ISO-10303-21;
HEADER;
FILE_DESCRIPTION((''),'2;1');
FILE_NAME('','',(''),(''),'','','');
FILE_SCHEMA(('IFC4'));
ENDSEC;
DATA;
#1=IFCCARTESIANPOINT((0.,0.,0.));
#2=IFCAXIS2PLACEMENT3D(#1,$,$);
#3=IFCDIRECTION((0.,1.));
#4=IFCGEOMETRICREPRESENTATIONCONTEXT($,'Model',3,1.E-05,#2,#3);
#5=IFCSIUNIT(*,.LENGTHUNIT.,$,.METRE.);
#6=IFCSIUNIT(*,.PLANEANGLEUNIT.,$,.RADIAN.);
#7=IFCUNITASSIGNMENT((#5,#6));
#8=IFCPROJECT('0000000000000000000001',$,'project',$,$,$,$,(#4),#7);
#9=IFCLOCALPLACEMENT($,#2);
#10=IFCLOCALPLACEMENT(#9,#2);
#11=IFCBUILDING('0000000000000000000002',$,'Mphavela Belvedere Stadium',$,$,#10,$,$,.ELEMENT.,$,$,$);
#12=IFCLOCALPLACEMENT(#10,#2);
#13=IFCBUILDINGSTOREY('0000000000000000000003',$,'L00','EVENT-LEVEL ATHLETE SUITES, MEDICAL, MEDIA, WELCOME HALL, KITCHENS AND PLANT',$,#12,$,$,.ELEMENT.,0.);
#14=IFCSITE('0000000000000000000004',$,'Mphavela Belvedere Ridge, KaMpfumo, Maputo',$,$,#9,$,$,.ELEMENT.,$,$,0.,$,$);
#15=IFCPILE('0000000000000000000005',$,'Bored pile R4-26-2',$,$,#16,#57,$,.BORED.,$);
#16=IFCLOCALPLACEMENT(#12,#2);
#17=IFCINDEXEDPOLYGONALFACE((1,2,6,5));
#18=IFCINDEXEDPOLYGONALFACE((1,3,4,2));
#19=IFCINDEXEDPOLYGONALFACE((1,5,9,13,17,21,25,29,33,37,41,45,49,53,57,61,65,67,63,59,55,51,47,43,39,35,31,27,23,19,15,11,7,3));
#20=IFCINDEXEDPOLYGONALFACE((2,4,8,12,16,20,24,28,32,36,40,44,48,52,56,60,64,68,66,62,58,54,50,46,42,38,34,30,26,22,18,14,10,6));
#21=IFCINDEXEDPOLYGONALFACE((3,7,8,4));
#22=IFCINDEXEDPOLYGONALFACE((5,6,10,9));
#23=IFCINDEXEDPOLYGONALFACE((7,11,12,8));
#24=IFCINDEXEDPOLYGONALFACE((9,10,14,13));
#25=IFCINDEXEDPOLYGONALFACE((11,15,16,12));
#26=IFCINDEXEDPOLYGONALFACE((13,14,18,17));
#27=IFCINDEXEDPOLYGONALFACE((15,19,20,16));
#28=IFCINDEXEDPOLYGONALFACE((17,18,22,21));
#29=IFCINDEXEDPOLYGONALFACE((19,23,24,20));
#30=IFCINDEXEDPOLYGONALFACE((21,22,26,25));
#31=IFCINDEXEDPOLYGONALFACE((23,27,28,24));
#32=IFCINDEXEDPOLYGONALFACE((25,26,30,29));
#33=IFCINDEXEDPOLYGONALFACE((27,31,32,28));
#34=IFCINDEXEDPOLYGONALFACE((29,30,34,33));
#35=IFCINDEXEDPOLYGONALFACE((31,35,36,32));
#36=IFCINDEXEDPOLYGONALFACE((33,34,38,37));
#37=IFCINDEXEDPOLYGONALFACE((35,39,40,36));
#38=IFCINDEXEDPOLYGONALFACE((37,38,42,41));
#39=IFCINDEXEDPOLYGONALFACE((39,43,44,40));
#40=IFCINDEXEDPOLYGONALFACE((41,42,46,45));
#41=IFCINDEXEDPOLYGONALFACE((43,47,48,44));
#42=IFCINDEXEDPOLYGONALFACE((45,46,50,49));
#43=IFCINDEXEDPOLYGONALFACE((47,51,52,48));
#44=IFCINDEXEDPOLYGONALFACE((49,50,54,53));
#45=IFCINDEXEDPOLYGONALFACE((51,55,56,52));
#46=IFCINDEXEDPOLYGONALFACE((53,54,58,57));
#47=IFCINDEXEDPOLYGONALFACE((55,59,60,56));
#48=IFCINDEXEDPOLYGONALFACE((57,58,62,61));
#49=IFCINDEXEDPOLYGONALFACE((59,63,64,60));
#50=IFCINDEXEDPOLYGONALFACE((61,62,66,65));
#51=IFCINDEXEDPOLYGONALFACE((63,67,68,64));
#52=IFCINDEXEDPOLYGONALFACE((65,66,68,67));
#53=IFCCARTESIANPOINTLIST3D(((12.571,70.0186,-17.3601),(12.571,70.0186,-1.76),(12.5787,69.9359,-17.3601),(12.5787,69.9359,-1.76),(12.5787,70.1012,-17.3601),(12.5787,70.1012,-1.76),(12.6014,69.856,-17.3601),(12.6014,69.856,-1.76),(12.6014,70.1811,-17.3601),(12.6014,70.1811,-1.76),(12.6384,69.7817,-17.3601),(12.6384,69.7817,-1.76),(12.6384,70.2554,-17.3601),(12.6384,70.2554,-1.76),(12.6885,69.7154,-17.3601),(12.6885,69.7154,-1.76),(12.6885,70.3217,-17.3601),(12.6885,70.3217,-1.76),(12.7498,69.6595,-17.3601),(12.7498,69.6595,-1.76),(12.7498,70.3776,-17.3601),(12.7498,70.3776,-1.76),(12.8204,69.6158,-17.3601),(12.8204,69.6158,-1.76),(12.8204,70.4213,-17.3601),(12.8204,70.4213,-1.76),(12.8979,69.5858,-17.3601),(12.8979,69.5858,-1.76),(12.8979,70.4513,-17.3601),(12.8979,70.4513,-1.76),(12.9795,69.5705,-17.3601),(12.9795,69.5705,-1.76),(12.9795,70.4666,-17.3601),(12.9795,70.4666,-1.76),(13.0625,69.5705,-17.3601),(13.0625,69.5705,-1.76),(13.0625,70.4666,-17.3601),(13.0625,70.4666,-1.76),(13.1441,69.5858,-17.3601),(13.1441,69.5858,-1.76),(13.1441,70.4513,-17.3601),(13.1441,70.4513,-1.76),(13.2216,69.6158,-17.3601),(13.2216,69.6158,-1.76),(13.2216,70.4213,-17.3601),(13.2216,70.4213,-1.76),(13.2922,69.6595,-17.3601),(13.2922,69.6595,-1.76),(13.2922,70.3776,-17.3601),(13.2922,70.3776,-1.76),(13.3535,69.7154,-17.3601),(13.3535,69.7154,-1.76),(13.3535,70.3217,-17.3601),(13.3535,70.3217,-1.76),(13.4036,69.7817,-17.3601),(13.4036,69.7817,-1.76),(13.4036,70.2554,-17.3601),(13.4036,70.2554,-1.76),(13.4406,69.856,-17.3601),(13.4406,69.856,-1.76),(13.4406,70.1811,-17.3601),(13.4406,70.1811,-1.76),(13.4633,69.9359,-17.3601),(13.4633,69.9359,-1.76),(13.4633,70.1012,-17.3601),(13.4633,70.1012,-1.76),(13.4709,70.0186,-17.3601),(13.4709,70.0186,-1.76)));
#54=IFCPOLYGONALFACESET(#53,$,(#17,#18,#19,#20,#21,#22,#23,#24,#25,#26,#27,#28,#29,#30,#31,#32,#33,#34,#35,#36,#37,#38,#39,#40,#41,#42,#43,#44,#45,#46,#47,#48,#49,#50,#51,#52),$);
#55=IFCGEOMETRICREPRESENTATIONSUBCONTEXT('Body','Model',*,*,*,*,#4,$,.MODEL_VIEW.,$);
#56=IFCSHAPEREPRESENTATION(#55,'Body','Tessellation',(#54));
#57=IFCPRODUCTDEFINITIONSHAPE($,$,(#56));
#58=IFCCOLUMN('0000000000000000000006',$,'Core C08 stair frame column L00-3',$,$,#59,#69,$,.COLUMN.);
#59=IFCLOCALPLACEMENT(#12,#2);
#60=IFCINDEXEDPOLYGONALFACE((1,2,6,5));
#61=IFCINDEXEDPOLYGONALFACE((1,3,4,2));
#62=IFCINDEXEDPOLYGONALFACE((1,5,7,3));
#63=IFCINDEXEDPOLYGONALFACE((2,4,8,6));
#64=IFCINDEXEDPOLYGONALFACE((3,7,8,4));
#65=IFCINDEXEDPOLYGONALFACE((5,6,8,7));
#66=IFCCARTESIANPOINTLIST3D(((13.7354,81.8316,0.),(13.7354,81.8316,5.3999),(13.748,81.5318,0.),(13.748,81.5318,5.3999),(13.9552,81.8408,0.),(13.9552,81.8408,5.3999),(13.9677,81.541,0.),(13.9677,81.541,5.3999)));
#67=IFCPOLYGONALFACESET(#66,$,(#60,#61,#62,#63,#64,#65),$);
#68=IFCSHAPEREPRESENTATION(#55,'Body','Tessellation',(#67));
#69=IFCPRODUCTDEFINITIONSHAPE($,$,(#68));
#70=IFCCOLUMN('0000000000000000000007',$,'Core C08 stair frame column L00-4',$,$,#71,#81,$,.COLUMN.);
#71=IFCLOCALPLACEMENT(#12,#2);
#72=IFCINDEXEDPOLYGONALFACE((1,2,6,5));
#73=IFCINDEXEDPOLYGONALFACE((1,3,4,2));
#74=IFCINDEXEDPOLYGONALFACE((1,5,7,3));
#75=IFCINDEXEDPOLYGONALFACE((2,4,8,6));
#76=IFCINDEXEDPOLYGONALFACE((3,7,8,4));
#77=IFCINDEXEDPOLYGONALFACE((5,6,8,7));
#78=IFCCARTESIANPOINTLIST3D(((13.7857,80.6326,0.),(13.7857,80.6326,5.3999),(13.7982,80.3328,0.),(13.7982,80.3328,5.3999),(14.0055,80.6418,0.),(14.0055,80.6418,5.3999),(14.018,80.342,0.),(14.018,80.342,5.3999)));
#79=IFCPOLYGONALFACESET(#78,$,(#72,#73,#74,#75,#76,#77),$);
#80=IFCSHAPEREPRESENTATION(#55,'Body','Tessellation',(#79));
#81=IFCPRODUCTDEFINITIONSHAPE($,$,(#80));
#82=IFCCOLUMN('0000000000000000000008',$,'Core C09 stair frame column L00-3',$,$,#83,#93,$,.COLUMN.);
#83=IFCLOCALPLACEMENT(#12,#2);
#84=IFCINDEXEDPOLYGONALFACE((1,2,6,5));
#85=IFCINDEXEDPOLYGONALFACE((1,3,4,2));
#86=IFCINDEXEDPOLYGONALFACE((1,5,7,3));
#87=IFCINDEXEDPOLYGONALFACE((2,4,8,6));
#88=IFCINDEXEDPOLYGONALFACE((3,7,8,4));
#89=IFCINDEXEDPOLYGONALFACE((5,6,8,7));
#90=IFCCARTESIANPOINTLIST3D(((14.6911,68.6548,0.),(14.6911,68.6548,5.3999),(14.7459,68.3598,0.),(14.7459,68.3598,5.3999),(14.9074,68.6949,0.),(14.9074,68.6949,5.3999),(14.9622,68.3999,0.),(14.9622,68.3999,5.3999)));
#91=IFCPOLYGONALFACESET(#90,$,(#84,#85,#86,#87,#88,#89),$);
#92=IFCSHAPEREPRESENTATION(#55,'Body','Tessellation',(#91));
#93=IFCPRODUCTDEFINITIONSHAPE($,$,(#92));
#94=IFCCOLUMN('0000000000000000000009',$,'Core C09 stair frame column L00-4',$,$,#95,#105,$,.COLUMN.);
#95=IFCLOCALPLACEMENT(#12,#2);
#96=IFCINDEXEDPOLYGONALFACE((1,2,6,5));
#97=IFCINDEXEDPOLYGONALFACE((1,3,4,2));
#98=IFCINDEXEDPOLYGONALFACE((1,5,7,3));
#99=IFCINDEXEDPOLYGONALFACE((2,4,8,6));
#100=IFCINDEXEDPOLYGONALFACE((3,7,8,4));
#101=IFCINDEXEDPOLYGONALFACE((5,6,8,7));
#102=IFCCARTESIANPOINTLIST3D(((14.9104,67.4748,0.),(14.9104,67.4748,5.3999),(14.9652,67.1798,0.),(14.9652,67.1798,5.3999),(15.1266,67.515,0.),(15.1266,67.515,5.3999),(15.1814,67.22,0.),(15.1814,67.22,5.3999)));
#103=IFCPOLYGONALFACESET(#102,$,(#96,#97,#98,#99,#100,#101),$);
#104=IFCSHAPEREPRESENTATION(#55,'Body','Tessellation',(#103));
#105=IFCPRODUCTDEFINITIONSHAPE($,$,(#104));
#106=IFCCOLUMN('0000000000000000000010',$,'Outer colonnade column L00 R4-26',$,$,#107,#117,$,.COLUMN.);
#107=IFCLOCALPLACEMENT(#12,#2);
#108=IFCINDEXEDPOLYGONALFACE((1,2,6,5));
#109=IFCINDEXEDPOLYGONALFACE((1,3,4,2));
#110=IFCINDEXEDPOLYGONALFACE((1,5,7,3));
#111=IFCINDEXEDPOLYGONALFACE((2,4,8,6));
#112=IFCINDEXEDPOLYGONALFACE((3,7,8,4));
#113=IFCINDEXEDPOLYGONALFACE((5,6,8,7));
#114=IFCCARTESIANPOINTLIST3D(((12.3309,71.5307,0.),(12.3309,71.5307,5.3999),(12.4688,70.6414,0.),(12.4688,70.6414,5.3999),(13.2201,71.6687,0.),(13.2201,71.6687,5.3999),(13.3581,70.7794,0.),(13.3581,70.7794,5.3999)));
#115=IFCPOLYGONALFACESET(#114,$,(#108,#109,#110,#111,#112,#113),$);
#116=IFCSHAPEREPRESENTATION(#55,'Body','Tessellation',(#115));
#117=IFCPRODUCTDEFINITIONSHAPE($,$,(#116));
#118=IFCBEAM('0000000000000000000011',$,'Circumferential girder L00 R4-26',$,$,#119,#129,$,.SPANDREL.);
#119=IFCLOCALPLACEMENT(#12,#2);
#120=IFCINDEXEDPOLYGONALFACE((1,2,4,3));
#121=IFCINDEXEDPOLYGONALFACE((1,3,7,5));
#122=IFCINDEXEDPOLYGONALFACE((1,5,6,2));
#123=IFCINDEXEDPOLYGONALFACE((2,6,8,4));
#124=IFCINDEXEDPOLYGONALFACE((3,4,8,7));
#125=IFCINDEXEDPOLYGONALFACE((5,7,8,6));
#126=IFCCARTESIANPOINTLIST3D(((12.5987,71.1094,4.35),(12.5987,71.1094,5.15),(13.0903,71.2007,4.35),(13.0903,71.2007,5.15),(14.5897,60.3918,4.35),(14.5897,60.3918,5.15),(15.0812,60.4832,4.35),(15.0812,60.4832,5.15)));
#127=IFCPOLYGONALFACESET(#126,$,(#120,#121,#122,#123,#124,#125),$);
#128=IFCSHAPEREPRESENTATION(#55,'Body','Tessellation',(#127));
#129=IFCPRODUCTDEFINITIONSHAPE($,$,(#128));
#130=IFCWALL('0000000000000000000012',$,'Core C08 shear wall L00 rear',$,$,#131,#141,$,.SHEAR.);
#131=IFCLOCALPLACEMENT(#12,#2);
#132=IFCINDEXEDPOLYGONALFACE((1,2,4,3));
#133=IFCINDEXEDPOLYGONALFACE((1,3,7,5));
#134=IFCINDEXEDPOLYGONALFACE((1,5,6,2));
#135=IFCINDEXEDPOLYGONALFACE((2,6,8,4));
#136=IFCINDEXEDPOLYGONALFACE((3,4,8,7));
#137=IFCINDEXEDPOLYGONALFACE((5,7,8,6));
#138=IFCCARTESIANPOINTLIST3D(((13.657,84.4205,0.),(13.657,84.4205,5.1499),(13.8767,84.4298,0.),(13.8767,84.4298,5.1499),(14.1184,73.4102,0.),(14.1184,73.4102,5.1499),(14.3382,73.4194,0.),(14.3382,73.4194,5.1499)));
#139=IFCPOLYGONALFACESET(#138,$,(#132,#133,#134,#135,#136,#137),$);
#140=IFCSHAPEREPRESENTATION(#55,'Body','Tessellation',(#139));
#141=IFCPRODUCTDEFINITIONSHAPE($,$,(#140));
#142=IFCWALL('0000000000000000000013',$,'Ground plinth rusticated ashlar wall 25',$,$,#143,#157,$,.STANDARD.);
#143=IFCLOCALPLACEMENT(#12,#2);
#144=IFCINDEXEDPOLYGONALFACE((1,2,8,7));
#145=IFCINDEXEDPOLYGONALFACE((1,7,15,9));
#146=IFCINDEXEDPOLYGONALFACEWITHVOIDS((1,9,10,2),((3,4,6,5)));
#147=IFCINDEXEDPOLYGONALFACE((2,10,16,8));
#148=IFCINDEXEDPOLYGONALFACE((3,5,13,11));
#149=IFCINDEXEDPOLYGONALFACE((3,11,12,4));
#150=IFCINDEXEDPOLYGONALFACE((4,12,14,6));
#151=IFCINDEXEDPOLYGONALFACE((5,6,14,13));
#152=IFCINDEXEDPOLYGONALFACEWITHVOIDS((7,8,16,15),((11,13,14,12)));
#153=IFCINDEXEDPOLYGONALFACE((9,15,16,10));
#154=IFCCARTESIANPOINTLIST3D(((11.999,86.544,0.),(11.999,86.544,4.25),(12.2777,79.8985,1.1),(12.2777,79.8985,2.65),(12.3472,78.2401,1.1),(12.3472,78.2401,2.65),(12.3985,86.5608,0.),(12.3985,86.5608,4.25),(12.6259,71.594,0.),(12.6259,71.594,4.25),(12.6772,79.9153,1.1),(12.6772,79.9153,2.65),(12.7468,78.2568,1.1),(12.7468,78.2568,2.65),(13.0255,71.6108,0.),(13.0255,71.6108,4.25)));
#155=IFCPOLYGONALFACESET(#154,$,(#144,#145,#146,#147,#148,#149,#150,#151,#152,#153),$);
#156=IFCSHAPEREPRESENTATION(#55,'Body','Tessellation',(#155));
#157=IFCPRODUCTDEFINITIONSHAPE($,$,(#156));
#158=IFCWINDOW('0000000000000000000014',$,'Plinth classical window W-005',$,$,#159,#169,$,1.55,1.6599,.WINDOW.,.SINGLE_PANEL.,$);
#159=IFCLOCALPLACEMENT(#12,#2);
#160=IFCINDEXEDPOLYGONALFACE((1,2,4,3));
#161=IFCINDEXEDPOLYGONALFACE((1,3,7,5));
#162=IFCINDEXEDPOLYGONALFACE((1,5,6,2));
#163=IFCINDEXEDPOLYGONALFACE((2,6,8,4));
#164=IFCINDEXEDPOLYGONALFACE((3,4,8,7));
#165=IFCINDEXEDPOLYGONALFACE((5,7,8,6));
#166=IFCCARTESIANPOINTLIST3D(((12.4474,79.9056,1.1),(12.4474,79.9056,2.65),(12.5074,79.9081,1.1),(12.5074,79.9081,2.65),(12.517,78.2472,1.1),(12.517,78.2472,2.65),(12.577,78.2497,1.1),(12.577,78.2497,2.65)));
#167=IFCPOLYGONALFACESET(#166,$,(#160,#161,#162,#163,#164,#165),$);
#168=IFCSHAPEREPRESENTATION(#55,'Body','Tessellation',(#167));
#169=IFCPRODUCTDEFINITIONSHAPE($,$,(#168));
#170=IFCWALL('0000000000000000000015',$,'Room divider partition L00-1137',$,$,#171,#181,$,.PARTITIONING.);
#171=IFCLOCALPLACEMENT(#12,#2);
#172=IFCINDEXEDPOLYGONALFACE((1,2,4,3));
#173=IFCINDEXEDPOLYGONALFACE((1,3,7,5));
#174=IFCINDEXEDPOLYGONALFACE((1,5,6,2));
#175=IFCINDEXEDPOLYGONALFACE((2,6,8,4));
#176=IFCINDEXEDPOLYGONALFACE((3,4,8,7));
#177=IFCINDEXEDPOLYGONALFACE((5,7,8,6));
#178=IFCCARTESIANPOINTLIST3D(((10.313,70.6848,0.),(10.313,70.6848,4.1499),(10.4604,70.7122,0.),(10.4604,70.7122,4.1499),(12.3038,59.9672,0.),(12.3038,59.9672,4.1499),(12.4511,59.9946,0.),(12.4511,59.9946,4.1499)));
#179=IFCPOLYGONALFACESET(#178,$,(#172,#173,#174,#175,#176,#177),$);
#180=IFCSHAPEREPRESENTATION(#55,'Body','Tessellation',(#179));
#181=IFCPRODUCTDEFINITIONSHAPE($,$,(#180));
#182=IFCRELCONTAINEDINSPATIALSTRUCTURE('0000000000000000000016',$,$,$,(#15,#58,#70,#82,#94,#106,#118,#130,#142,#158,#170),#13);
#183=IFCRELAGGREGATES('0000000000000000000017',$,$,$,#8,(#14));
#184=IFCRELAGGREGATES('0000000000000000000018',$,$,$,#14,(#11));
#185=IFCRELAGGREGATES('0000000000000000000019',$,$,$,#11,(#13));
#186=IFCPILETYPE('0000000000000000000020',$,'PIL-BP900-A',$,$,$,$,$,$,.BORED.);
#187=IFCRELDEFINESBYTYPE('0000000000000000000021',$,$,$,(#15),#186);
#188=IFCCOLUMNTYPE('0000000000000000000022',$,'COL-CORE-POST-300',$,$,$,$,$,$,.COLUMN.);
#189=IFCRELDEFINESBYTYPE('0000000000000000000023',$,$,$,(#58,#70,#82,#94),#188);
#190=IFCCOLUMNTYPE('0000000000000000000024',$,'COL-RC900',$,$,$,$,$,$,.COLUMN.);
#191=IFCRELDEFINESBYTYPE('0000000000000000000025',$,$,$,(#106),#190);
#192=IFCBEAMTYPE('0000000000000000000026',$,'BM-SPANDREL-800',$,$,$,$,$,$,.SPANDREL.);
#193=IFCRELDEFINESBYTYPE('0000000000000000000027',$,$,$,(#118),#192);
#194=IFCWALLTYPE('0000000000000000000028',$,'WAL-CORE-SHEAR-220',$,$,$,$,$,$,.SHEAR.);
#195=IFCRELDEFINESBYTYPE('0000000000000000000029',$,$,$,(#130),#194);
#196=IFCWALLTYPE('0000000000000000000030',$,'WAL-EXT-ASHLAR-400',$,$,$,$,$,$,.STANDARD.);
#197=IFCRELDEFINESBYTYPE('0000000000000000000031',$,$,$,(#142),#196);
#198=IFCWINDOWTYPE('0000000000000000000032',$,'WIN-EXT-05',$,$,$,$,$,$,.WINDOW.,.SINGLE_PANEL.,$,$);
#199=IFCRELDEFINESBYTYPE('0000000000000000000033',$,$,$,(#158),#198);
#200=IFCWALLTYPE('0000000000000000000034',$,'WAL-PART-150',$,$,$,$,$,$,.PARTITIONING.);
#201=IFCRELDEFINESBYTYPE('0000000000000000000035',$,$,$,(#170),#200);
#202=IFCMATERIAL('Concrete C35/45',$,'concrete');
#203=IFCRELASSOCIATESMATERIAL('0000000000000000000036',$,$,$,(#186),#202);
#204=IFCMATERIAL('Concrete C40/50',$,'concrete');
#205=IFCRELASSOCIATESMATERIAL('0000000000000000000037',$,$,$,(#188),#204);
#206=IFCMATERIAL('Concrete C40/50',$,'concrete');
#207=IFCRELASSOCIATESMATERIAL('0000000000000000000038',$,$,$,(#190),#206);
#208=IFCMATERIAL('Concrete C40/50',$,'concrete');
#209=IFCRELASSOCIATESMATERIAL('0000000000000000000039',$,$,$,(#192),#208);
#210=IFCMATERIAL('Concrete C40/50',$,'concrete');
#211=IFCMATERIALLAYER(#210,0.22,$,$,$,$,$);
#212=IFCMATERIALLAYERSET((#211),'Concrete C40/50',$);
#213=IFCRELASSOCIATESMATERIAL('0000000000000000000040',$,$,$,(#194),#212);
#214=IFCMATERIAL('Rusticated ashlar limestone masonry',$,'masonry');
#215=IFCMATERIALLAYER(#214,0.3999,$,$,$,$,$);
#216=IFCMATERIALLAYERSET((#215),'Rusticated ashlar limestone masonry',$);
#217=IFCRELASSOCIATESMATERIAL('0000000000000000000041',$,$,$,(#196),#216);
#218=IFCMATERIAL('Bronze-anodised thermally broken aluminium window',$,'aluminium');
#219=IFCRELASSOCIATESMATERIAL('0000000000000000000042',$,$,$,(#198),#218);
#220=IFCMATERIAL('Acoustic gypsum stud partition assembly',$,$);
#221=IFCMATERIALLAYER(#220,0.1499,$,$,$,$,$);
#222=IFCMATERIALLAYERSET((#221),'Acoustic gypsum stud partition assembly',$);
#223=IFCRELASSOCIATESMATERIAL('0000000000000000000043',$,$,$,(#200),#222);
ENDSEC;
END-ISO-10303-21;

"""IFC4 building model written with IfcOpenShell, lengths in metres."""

from ifc_helpers import new_model, si_unit, direction, frame, frame_2d, origin, origin_2d, place, context, subcontext, project, spatial, rectangle, circle, extrude, material, layer, layer_set, material_profile, profile_set, type_object, element, fill, save


model = new_model("IFC4")

# Units and contexts
model_context = context("Model", 3, precision=1e-05, world=origin(), true_north=direction((0.0, 1.0)))
body_context = subcontext(model_context, "Body", "Model", "MODEL_VIEW")
ifc_project = project(units=[si_unit("LENGTHUNIT", "METRE"), si_unit("PLANEANGLEUNIT", "RADIAN")], contexts=[model_context])

# Site, building, storey
site_placement = place(None, origin())
site = spatial("IfcSite", under=ifc_project, at=site_placement, Name="Mphavela Belvedere Ridge, KaMpfumo, Maputo", CompositionType="ELEMENT", RefElevation=0.0)
building_placement = place(site_placement, origin())
building = spatial("IfcBuilding", under=site, at=building_placement, Name="Mphavela Belvedere Stadium", CompositionType="ELEMENT")
storey_placement = place(building_placement, origin())
storey = spatial("IfcBuildingStorey", under=building, at=storey_placement, Name="L00", Description="EVENT-LEVEL ATHLETE SUITES, MEDICAL, MEDIA, WELCOME HALL, KITCHENS AND PLANT", CompositionType="ELEMENT", Elevation=0.0)

# Pile
ifc_material_1 = material(Name="Concrete C35/45", Category="concrete")
ifc_material_profile_1 = material_profile(ifc_material_1, circle(Radius=0.45, at=origin_2d()), Name="BP D900")
ifc_profile_set_1 = profile_set([ifc_material_profile_1], Name="Concrete C35/45")
pile_type = type_object("IfcPileType", Name="PIL-BP900-A", PredefinedType="BORED", material=ifc_profile_set_1)
for number, where, z_axis, x_axis, name in (
    (1, (13.021, 70.0186, -1.76), (0.0, 0.0, -1.0), (1.0, 0.0, 0.0), "Bored pile R4-26-2"),
):
    element("IfcPile", number, at=place(storey_placement, frame(where, z_axis=z_axis, x_axis=x_axis)), inside=storey, type_object=pile_type, Name=name, PredefinedType="BORED", context=body_context, shape_type="SweptSolid", body=[
        extrude(circle(Radius=0.45, at=origin_2d()), origin(), (0.0, 0.0, 1.0), 15.6001),
    ])

# Columns
ifc_material_2 = material(Name="Concrete C40/50", Category="concrete")
ifc_material_profile_2 = material_profile(ifc_material_2, rectangle(XDim=0.3, YDim=0.22, at=origin_2d()), Name="RC 300x220")
ifc_profile_set_2 = profile_set([ifc_material_profile_2], Name="Concrete C40/50")
column_type_1 = type_object("IfcColumnType", Name="COL-CORE-POST-300", PredefinedType="COLUMN", material=ifc_profile_set_2)
for number, where, z_axis, x_axis, name in (
    (2, (13.8516, 81.6863, 0.0), (0.0, 0.0, 1.0), (-0.041876, 0.999123, 0.0), "Core C08 stair frame column L00-3"),
    (3, (13.9019, 80.4873, 0.0), (0.0, 0.0, 1.0), (-0.041876, 0.999123, 0.0), "Core C08 stair frame column L00-4"),
    (4, (14.8267, 68.5273, 0.0), (0.0, 0.0, 1.0), (-0.182579, 0.983191, 0.0), "Core C09 stair frame column L00-3"),
    (5, (15.0459, 67.3474, 0.0), (0.0, 0.0, 1.0), (-0.182579, 0.983191, 0.0), "Core C09 stair frame column L00-4"),
):
    element("IfcColumn", number, at=place(storey_placement, frame(where, z_axis=z_axis, x_axis=x_axis)), inside=storey, type_object=column_type_1, Name=name, PredefinedType="COLUMN", context=body_context, shape_type="SweptSolid", body=[
        extrude(rectangle(XDim=0.3, YDim=0.22, at=origin_2d()), origin(), (0.0, 0.0, 1.0), 5.3999),
    ])
ifc_material_3 = material(Name="Concrete C40/50", Category="concrete")
ifc_material_profile_3 = material_profile(ifc_material_3, rectangle(XDim=0.8999, YDim=0.8999, at=origin_2d()), Name="RC 900x900")
ifc_profile_set_3 = profile_set([ifc_material_profile_3], Name="Concrete C40/50")
column_type_2 = type_object("IfcColumnType", Name="COL-RC900", PredefinedType="COLUMN", material=ifc_profile_set_3)
column_placement = place(storey_placement, frame((12.8445, 71.155, 0.0), z_axis=(0.0, 0.0, 1.0), x_axis=(-0.988175, -0.153331, 0.0)))
element("IfcColumn", 6, at=column_placement, inside=storey, type_object=column_type_2, Name="Outer colonnade column L00 R4-26", PredefinedType="COLUMN", context=body_context, shape_type="SweptSolid", body=[
    extrude(rectangle(XDim=0.8999, YDim=0.8999, at=origin_2d()), origin(), (0.0, 0.0, 1.0), 5.3999),
])

# Beam
ifc_material_4 = material(Name="Concrete C40/50", Category="concrete")
ifc_material_profile_4 = material_profile(ifc_material_4, rectangle(XDim=0.5, YDim=0.8, at=origin_2d()), Name="RC 500x800")
ifc_profile_set_4 = profile_set([ifc_material_profile_4], Name="Concrete C40/50")
beam_type = type_object("IfcBeamType", Name="BM-SPANDREL-800", PredefinedType="SPANDREL", material=ifc_profile_set_4)
beam_placement = place(storey_placement, frame((12.8445, 71.155, 4.75), z_axis=(0.182643, -0.983179, 0.0), x_axis=(0.983179, 0.182643, 0.0)))
element("IfcBeam", 7, at=beam_placement, inside=storey, type_object=beam_type, Name="Circumferential girder L00 R4-26", PredefinedType="SPANDREL", context=body_context, shape_type="SweptSolid", body=[
    extrude(rectangle(XDim=0.5, YDim=0.8, at=origin_2d()), origin(), (0.0, 0.0, 1.0), 10.9009),
])

# Wall
ifc_material_5 = material(Name="Concrete C40/50", Category="concrete")
ifc_layer_1 = layer(ifc_material_5, 0.22)
ifc_layer_set_1 = layer_set([ifc_layer_1], Name="Concrete C40/50")
wall_type_1 = type_object("IfcWallType", Name="WAL-CORE-SHEAR-220", PredefinedType="SHEAR", material=ifc_layer_set_1)
wall_1_placement = place(storey_placement, frame((14.2283, 73.4148, 0.0), z_axis=(0.0, 0.0, 1.0), x_axis=(-0.041872, 0.999123, 0.0)))
element("IfcWall", 8, at=wall_1_placement, inside=storey, type_object=wall_type_1, Name="Core C08 shear wall L00 rear", PredefinedType="SHEAR", context=body_context, shape_type="SweptSolid", body=[
    extrude(rectangle(XDim=11.02, YDim=0.22, at=frame_2d((5.51, 0.0))), origin(), (0.0, 0.0, 1.0), 5.1499),
])

# Wall, opening, window
ifc_material_6 = material(Name="Rusticated ashlar limestone masonry", Category="masonry")
ifc_layer_2 = layer(ifc_material_6, 0.3999)
ifc_layer_set_2 = layer_set([ifc_layer_2], Name="Rusticated ashlar limestone masonry")
wall_type_2 = type_object("IfcWallType", Name="WAL-EXT-ASHLAR-400", PredefinedType="STANDARD", material=ifc_layer_set_2)
wall_2_placement = place(storey_placement, frame((12.8257, 71.6025, 0.0), z_axis=(0.0, 0.0, 1.0), x_axis=(-0.0419, 0.999122, 0.0)))
wall_2 = element("IfcWall", 9, at=wall_2_placement, inside=storey, type_object=wall_type_2, Name="Ground plinth rusticated ashlar wall 25", PredefinedType="STANDARD", context=body_context, shape_type="SweptSolid", body=[
    extrude(rectangle(XDim=14.9631, YDim=0.3999, at=frame_2d((7.4814, 0.0))), origin(), (0.0, 0.0, 1.0), 4.25),
])
opening_placement = place(wall_2_placement, frame((6.6516, 0.0, 1.1001)))
opening = element("IfcOpeningElement", 10, at=opening_placement, cuts=wall_2, PredefinedType="OPENING", context=body_context, shape_type="SweptSolid", body=[
    extrude(rectangle(XDim=1.6599, YDim=1.55, at=frame_2d((0.8301, 0.7749))), frame((0.0, 0.21, 0.0), z_axis=(0.0, -1.0, 0.0), x_axis=(1.0, 0.0, 0.0)), (0.0, 0.0, 1.0), 0.4199),
])
ifc_material_7 = material(Name="Bronze-anodised thermally broken aluminium window", Category="aluminium")
window_type = type_object("IfcWindowType", Name="WIN-EXT-05", PartitioningType="SINGLE_PANEL", PredefinedType="WINDOW", material=ifc_material_7)
window_placement = place(opening_placement, origin())
window = element("IfcWindow", 11, at=window_placement, inside=storey, type_object=window_type, Name="Plinth classical window W-005", OverallHeight=1.55, OverallWidth=1.6599, PartitioningType="SINGLE_PANEL", PredefinedType="WINDOW", context=body_context, shape_type="SweptSolid", body=[
    extrude(rectangle(XDim=1.6599, YDim=1.55, at=frame_2d((0.8301, 0.7749))), frame((0.0, 0.03, 0.0), z_axis=(0.0, -1.0, 0.0), x_axis=(1.0, 0.0, 0.0)), (0.0, 0.0, 1.0), 0.0601),
])
fill(opening, window)

# Wall
ifc_material_8 = material(Name="Acoustic gypsum stud partition assembly")
ifc_layer_3 = layer(ifc_material_8, 0.1499)
ifc_layer_set_3 = layer_set([ifc_layer_3], Name="Acoustic gypsum stud partition assembly")
wall_type_3 = type_object("IfcWallType", Name="WAL-PART-150", PredefinedType="PARTITIONING", material=ifc_layer_set_3)
wall_3_placement = place(storey_placement, frame((10.3867, 70.6985, 0.0), z_axis=(0.0, 0.0, 1.0), x_axis=(0.182621, -0.983183, 0.0)))
element("IfcWall", 12, at=wall_3_placement, inside=storey, type_object=wall_type_3, Name="Room divider partition L00-1137", PredefinedType="PARTITIONING", context=body_context, shape_type="SweptSolid", body=[
    extrude(rectangle(XDim=10.9009, YDim=0.1499, at=frame_2d((5.4504, 0.0))), origin(), (0.0, 0.0, 1.0), 4.1499),
])

save(model, "model.ifc")
